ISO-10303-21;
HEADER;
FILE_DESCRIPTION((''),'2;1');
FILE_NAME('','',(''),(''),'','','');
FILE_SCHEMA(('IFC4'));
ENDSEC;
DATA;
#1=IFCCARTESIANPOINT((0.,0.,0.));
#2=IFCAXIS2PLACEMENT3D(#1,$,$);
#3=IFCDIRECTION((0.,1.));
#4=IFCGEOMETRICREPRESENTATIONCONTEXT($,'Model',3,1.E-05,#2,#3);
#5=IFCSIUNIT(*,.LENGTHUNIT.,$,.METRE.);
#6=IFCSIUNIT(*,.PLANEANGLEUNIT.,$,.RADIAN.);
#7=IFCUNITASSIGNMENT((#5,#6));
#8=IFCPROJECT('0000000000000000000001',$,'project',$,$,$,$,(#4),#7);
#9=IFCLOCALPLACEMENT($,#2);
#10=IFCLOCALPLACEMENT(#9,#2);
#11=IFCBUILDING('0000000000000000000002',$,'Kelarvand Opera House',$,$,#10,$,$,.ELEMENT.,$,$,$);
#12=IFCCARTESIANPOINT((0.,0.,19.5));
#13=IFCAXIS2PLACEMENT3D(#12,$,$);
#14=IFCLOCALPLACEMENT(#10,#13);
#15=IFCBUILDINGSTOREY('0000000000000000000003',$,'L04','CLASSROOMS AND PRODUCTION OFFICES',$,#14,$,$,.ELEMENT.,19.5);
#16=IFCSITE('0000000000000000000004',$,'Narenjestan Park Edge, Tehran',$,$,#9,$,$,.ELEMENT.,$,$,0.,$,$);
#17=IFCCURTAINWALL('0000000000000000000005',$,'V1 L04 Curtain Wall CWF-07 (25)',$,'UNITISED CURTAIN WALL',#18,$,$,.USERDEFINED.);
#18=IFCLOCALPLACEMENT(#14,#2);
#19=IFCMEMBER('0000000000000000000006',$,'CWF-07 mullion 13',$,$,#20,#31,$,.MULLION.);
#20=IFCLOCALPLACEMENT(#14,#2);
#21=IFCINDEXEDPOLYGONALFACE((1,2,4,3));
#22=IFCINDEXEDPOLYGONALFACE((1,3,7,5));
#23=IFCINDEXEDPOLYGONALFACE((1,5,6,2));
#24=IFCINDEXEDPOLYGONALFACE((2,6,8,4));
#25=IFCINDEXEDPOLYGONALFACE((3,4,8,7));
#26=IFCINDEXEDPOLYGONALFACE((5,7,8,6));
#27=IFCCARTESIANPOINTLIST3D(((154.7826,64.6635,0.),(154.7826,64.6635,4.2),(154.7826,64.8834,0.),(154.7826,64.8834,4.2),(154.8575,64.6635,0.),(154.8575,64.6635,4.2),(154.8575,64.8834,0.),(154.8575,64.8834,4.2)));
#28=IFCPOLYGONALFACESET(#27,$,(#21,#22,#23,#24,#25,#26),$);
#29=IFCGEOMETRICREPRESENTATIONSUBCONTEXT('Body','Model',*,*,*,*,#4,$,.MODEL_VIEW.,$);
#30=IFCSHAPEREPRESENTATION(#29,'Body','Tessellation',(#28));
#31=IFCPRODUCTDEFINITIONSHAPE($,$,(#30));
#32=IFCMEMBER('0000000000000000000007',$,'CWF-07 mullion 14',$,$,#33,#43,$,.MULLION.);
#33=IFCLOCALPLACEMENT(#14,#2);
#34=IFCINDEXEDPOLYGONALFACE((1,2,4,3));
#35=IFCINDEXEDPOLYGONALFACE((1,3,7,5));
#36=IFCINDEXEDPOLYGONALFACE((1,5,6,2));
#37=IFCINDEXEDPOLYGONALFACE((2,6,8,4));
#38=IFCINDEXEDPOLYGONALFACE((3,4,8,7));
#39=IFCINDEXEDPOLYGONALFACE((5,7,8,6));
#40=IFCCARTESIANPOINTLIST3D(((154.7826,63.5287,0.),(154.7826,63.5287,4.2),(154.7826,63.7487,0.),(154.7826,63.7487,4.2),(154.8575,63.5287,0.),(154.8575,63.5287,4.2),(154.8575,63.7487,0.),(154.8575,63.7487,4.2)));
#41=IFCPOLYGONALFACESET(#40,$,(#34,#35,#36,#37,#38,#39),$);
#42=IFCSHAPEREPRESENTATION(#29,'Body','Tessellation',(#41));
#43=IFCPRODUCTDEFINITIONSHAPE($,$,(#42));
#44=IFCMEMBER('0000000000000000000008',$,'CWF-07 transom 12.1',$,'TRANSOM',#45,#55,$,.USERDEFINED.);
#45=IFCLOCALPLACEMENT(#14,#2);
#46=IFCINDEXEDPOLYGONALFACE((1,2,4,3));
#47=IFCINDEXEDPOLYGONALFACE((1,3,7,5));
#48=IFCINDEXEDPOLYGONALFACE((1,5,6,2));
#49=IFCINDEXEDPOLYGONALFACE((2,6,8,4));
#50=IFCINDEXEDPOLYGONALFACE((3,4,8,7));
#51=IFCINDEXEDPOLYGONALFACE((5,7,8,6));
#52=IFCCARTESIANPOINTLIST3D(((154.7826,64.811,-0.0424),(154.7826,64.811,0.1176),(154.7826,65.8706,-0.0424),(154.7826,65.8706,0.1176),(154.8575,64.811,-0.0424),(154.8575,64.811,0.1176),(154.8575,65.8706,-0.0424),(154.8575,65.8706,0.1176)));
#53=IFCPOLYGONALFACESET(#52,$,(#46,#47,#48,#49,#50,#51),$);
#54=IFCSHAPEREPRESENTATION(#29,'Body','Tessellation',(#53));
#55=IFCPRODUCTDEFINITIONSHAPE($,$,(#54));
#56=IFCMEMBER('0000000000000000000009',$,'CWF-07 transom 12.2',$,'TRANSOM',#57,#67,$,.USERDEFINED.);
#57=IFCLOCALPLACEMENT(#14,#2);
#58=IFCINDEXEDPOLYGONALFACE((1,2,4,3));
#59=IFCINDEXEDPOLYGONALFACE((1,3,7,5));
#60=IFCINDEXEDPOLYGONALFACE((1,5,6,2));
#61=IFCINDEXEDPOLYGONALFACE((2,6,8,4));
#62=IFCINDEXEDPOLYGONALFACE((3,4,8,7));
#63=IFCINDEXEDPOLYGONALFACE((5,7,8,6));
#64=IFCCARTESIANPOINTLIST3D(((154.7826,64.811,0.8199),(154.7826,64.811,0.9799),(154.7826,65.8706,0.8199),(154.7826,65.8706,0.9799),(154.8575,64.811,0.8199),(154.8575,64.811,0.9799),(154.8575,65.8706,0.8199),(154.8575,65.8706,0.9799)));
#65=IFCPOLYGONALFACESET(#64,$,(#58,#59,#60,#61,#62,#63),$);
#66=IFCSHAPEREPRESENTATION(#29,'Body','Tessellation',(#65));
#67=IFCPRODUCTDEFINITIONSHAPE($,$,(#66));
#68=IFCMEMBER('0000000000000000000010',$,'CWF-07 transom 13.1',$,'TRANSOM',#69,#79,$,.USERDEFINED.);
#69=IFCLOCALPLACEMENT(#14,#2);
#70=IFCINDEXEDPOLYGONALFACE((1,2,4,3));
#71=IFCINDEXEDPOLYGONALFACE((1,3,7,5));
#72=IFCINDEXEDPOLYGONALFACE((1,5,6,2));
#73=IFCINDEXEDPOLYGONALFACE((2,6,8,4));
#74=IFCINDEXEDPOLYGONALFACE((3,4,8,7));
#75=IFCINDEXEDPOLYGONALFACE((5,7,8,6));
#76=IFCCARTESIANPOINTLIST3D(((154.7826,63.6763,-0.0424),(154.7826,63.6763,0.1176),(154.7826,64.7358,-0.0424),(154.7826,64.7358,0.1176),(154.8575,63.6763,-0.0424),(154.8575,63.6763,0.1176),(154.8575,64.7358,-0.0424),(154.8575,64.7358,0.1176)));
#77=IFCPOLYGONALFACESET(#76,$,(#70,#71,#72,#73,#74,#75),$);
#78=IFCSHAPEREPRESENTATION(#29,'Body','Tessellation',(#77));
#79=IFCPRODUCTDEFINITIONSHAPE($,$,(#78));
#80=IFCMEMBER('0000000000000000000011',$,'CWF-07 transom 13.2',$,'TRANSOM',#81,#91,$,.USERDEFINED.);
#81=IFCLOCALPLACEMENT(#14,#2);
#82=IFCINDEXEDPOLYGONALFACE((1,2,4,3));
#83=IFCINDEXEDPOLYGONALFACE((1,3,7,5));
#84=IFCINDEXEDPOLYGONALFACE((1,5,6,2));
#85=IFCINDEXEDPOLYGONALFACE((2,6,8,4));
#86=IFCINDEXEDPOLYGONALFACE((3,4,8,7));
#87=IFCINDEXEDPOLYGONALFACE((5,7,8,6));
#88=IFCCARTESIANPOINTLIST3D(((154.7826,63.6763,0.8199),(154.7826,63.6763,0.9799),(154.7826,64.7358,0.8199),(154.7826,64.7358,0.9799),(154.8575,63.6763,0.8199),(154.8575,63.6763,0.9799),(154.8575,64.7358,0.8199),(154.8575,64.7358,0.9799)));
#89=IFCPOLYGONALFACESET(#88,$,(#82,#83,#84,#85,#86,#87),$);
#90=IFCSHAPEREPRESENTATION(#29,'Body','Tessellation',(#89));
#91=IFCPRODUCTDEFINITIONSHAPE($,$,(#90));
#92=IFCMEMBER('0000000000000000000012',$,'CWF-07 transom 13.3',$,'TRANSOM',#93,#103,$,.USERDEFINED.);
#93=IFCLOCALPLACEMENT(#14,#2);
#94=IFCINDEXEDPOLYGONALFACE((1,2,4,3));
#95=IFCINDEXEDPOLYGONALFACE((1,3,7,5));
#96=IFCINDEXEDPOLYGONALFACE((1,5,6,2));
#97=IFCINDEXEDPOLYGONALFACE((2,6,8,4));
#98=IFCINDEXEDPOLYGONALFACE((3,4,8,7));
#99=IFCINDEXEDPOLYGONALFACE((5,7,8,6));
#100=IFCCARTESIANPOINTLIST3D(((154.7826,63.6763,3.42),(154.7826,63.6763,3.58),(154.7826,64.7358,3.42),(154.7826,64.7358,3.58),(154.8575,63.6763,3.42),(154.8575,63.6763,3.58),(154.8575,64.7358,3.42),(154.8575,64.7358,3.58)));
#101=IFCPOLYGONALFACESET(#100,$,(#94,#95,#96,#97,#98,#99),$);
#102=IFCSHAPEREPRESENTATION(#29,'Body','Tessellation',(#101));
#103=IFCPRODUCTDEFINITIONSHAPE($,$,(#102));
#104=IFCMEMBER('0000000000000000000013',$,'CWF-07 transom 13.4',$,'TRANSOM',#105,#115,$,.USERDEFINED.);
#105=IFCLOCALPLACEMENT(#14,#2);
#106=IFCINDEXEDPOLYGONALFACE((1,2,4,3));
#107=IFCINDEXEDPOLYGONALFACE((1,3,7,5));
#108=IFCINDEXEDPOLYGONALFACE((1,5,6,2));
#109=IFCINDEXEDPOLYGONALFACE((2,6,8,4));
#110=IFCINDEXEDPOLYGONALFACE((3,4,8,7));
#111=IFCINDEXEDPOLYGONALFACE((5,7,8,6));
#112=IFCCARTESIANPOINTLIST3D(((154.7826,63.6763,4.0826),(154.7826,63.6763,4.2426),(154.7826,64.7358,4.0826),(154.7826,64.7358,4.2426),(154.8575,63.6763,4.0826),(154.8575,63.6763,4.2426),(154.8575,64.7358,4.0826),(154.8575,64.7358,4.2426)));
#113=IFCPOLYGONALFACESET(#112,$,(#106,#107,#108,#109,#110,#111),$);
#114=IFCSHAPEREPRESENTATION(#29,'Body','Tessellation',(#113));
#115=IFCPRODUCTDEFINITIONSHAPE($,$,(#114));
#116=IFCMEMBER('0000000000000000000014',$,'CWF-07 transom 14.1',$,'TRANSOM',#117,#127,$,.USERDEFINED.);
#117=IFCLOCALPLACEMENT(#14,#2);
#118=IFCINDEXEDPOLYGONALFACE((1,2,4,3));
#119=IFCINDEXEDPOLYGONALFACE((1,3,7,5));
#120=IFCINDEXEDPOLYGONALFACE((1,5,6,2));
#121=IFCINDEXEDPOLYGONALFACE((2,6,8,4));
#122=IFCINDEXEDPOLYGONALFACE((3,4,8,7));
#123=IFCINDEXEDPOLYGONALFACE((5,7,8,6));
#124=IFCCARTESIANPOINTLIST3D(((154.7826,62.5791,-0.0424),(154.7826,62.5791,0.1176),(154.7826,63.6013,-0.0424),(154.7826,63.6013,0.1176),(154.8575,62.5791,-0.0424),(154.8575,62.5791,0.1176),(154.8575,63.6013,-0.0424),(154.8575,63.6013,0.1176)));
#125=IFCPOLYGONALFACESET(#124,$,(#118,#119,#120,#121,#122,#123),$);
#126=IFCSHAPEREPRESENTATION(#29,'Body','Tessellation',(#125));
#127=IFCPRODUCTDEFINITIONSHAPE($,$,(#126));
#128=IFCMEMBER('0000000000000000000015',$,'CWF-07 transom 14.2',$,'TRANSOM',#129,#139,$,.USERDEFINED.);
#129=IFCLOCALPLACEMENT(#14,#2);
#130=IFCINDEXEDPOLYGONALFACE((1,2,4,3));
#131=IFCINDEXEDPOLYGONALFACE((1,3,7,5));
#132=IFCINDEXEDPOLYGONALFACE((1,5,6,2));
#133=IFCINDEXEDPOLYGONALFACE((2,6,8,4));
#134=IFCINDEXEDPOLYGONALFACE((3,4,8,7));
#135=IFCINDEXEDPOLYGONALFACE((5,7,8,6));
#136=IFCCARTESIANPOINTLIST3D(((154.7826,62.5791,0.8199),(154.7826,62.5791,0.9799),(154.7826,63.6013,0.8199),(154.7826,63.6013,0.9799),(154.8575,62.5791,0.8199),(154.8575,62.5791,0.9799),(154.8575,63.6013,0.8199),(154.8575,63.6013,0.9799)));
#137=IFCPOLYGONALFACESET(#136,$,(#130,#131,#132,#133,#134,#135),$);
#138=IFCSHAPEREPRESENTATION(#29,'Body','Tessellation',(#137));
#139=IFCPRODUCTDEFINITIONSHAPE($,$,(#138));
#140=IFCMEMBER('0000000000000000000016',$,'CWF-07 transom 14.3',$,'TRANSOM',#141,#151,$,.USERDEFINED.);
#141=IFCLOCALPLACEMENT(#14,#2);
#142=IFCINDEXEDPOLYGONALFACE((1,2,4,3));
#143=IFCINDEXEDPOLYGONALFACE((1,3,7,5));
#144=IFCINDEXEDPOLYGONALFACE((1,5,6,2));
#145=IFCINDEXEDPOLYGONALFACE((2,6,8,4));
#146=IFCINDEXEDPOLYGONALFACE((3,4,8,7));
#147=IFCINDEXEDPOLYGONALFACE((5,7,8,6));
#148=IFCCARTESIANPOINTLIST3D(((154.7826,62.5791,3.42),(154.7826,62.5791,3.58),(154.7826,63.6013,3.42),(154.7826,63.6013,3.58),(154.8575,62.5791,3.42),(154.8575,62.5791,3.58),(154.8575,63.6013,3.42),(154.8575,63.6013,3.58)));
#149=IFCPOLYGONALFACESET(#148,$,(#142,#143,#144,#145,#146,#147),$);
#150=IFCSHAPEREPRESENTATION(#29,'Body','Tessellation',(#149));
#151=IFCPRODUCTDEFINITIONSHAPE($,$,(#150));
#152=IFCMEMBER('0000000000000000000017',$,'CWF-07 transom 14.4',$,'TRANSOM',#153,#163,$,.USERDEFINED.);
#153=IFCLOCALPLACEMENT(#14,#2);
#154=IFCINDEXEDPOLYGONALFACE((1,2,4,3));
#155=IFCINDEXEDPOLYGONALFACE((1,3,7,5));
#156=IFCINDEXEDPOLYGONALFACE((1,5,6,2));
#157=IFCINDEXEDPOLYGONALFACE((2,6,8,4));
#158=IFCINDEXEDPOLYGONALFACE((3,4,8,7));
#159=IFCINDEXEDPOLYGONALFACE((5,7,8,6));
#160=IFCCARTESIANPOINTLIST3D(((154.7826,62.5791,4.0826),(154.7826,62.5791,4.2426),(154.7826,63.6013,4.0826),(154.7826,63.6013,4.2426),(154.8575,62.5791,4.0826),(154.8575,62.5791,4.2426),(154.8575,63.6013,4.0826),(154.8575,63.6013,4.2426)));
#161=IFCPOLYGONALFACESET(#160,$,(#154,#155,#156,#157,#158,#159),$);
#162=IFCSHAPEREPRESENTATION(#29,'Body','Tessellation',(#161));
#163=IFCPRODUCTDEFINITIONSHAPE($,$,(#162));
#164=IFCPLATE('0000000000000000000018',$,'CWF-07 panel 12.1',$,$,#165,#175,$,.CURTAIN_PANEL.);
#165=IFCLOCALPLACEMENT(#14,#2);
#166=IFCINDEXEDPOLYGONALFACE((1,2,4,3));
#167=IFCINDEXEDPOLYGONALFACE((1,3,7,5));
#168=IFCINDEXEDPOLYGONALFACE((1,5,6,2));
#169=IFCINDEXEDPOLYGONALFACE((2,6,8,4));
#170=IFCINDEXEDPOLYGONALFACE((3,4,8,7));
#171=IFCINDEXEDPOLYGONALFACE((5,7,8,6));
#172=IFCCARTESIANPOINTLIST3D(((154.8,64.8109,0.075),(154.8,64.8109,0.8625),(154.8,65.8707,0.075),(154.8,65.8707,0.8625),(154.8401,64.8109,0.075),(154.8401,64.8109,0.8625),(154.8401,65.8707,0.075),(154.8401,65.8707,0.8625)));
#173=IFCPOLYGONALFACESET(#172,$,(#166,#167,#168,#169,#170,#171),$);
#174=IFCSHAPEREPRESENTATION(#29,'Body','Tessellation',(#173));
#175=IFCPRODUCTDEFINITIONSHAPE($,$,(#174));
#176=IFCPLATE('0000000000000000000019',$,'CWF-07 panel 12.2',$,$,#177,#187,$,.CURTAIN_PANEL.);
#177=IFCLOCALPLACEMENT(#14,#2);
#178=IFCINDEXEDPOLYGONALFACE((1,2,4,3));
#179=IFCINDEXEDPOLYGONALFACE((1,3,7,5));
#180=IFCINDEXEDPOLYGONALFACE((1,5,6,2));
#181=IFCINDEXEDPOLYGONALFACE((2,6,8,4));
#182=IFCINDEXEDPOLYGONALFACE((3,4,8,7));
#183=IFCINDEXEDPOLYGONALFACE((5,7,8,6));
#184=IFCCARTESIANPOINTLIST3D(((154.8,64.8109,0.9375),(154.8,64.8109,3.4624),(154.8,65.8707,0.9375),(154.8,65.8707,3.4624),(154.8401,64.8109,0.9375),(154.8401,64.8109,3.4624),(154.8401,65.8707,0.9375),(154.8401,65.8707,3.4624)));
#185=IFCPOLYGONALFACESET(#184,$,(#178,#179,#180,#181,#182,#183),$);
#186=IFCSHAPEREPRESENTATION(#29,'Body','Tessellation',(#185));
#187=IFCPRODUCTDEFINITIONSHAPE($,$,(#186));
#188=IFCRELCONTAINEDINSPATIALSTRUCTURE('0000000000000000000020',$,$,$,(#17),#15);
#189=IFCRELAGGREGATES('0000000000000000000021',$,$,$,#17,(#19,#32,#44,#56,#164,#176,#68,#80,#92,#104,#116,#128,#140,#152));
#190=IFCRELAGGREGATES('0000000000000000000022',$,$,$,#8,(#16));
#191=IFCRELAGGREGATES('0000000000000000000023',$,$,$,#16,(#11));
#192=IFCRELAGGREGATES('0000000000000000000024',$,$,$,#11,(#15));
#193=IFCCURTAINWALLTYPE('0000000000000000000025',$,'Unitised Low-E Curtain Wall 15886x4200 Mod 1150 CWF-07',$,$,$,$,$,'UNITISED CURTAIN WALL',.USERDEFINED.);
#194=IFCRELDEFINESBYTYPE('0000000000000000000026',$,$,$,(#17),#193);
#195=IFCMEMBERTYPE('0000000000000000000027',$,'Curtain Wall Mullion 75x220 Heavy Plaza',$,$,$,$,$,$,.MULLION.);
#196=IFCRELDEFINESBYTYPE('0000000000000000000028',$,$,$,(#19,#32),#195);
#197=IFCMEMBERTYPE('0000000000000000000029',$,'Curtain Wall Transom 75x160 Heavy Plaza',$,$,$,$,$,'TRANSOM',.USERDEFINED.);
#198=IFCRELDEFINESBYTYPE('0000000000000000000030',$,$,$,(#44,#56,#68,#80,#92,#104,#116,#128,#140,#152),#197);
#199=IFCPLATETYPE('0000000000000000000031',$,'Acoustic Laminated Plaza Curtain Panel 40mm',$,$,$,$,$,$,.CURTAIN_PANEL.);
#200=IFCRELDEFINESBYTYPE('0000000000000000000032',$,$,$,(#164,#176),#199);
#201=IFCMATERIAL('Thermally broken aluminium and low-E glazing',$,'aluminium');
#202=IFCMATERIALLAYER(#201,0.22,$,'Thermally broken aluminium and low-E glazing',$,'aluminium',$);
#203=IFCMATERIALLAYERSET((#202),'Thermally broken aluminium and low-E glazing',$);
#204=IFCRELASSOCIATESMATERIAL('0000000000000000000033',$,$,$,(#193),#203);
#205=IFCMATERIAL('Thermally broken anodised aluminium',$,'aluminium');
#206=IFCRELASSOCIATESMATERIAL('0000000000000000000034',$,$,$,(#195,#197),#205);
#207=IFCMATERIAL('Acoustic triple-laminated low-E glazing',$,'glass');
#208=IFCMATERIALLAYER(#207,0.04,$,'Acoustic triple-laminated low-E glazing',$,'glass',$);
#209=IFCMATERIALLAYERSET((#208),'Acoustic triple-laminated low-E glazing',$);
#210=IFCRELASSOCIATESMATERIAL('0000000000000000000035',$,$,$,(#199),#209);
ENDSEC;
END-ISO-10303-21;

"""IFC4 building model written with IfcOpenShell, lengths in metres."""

from ifc_helpers import new_model, si_unit, direction, frame, origin, origin_2d, place, context, subcontext, project, spatial, rectangle, extrude, material, layer, layer_set, material_profile, profile_set, type_object, element, aggregate, save


model = new_model("IFC4")

# Units and contexts
model_context = context("Model", 3, precision=1e-05, world=origin(), true_north=direction((0.0, 1.0)))
body_context = subcontext(model_context, "Body", "Model", "MODEL_VIEW")
ifc_project = project(units=[si_unit("LENGTHUNIT", "METRE"), si_unit("PLANEANGLEUNIT", "RADIAN")], contexts=[model_context])

# Site, building, storey
site_placement = place(None, origin())
site = spatial("IfcSite", under=ifc_project, at=site_placement, Name="Narenjestan Park Edge, Tehran", CompositionType="ELEMENT", RefElevation=0.0)
building_placement = place(site_placement, origin())
building = spatial("IfcBuilding", under=site, at=building_placement, Name="Kelarvand Opera House", CompositionType="ELEMENT")
storey_placement = place(building_placement, frame((0.0, 0.0, 19.5)))
storey = spatial("IfcBuildingStorey", under=building, at=storey_placement, Name="L04", Description="CLASSROOMS AND PRODUCTION OFFICES", CompositionType="ELEMENT", Elevation=19.5)

# Curtain wall, members, plates
ifc_material_1 = material(Name="Thermally broken aluminium and low-E glazing", Category="aluminium")
ifc_layer_1 = layer(ifc_material_1, 0.22, Name="Thermally broken aluminium and low-E glazing", Category="aluminium")
ifc_layer_set_1 = layer_set([ifc_layer_1], Name="Thermally broken aluminium and low-E glazing")
curtain_wall_type = type_object("IfcCurtainWallType", Name="Unitised Low-E Curtain Wall 15886x4200 Mod 1150 CWF-07", ElementType="UNITISED CURTAIN WALL", PredefinedType="USERDEFINED", material=ifc_layer_set_1)
curtain_wall_placement = place(storey_placement, origin())
curtain_wall = element("IfcCurtainWall", 1, at=curtain_wall_placement, inside=storey, type_object=curtain_wall_type, Name="V1 L04 Curtain Wall CWF-07 (25)", ObjectType="UNITISED CURTAIN WALL", PredefinedType="USERDEFINED")
ifc_material_2 = material(Name="Thermally broken anodised aluminium", Category="aluminium")
ifc_material_profile_1 = material_profile(ifc_material_2, rectangle(XDim=0.075, YDim=0.22, at=origin_2d()), Name="ALU MULLION 75x220", Category="aluminium")
ifc_profile_set_1 = profile_set([ifc_material_profile_1], Name="Thermally broken anodised aluminium")
member_type_1 = type_object("IfcMemberType", Name="Curtain Wall Mullion 75x220 Heavy Plaza", PredefinedType="MULLION", material=ifc_profile_set_1)
member_1_placement = place(storey_placement, frame((154.8201, 64.7734, 0.0), z_axis=(0.0, 0.0, 1.0), x_axis=(1.0, 0.0, 0.0)))
member_1 = element("IfcMember", 2, at=member_1_placement, type_object=member_type_1, Name="CWF-07 mullion 13", PredefinedType="MULLION", context=body_context, shape_type="SweptSolid", body=[
    extrude(rectangle(XDim=0.075, YDim=0.22, at=origin_2d()), origin(), (0.0, 0.0, 1.0), 4.2),
])
member_2_placement = place(storey_placement, frame((154.8201, 63.6387, 0.0), z_axis=(0.0, 0.0, 1.0), x_axis=(1.0, 0.0, 0.0)))
member_2 = element("IfcMember", 3, at=member_2_placement, type_object=member_type_1, Name="CWF-07 mullion 14", PredefinedType="MULLION", context=body_context, shape_type="SweptSolid", body=[
    extrude(rectangle(XDim=0.075, YDim=0.22, at=origin_2d()), origin(), (0.0, 0.0, 1.0), 4.2),
])
ifc_material_profile_2 = material_profile(ifc_material_2, rectangle(XDim=0.075, YDim=0.1599, at=origin_2d()), Name="ALU TRANSOM 75x160", Category="aluminium")
ifc_profile_set_2 = profile_set([ifc_material_profile_2], Name="Thermally broken anodised aluminium")
member_type_2 = type_object("IfcMemberType", Name="Curtain Wall Transom 75x160 Heavy Plaza", ElementType="TRANSOM", PredefinedType="USERDEFINED", material=ifc_profile_set_2)
member_3_placement = place(storey_placement, frame((154.8201, 65.8706, 0.0376), z_axis=(0.0, -1.0, 0.0), x_axis=(1.0, 0.0, 0.0)))
member_3 = element("IfcMember", 4, at=member_3_placement, type_object=member_type_2, Name="CWF-07 transom 12.1", ObjectType="TRANSOM", PredefinedType="USERDEFINED", context=body_context, shape_type="SweptSolid", body=[
    extrude(rectangle(XDim=0.075, YDim=0.1599, at=origin_2d()), origin(), (0.0, 0.0, 1.0), 1.0596),
])
member_4_placement = place(storey_placement, frame((154.8201, 65.8706, 0.8999), z_axis=(0.0, -1.0, 0.0), x_axis=(1.0, 0.0, 0.0)))
member_4 = element("IfcMember", 5, at=member_4_placement, type_object=member_type_2, Name="CWF-07 transom 12.2", ObjectType="TRANSOM", PredefinedType="USERDEFINED", context=body_context, shape_type="SweptSolid", body=[
    extrude(rectangle(XDim=0.075, YDim=0.1599, at=origin_2d()), origin(), (0.0, 0.0, 1.0), 1.0596),
])
member_5_placement = place(storey_placement, frame((154.8201, 64.7358, 0.0376), z_axis=(0.0, -1.0, 0.0), x_axis=(1.0, 0.0, 0.0)))
member_5 = element("IfcMember", 6, at=member_5_placement, type_object=member_type_2, Name="CWF-07 transom 13.1", ObjectType="TRANSOM", PredefinedType="USERDEFINED", context=body_context, shape_type="SweptSolid", body=[
    extrude(rectangle(XDim=0.075, YDim=0.1599, at=origin_2d()), origin(), (0.0, 0.0, 1.0), 1.0596),
])
member_6_placement = place(storey_placement, frame((154.8201, 64.7358, 0.8999), z_axis=(0.0, -1.0, 0.0), x_axis=(1.0, 0.0, 0.0)))
member_6 = element("IfcMember", 7, at=member_6_placement, type_object=member_type_2, Name="CWF-07 transom 13.2", ObjectType="TRANSOM", PredefinedType="USERDEFINED", context=body_context, shape_type="SweptSolid", body=[
    extrude(rectangle(XDim=0.075, YDim=0.1599, at=origin_2d()), origin(), (0.0, 0.0, 1.0), 1.0596),
])
member_7_placement = place(storey_placement, frame((154.8201, 64.7358, 3.5), z_axis=(0.0, -1.0, 0.0), x_axis=(1.0, 0.0, 0.0)))
member_7 = element("IfcMember", 8, at=member_7_placement, type_object=member_type_2, Name="CWF-07 transom 13.3", ObjectType="TRANSOM", PredefinedType="USERDEFINED", context=body_context, shape_type="SweptSolid", body=[
    extrude(rectangle(XDim=0.075, YDim=0.1599, at=origin_2d()), origin(), (0.0, 0.0, 1.0), 1.0596),
])
member_8_placement = place(storey_placement, frame((154.8201, 64.7358, 4.1626), z_axis=(0.0, -1.0, 0.0), x_axis=(1.0, 0.0, 0.0)))
member_8 = element("IfcMember", 9, at=member_8_placement, type_object=member_type_2, Name="CWF-07 transom 13.4", ObjectType="TRANSOM", PredefinedType="USERDEFINED", context=body_context, shape_type="SweptSolid", body=[
    extrude(rectangle(XDim=0.075, YDim=0.1599, at=origin_2d()), origin(), (0.0, 0.0, 1.0), 1.0596),
])
member_9_placement = place(storey_placement, frame((154.8201, 63.6013, 0.0376), z_axis=(0.0, -1.0, 0.0), x_axis=(1.0, 0.0, 0.0)))
member_9 = element("IfcMember", 10, at=member_9_placement, type_object=member_type_2, Name="CWF-07 transom 14.1", ObjectType="TRANSOM", PredefinedType="USERDEFINED", context=body_context, shape_type="SweptSolid", body=[
    extrude(rectangle(XDim=0.075, YDim=0.1599, at=origin_2d()), origin(), (0.0, 0.0, 1.0), 1.0222),
])
member_10_placement = place(storey_placement, frame((154.8201, 63.6013, 0.8999), z_axis=(0.0, -1.0, 0.0), x_axis=(1.0, 0.0, 0.0)))
member_10 = element("IfcMember", 11, at=member_10_placement, type_object=member_type_2, Name="CWF-07 transom 14.2", ObjectType="TRANSOM", PredefinedType="USERDEFINED", context=body_context, shape_type="SweptSolid", body=[
    extrude(rectangle(XDim=0.075, YDim=0.1599, at=origin_2d()), origin(), (0.0, 0.0, 1.0), 1.0222),
])
member_11_placement = place(storey_placement, frame((154.8201, 63.6013, 3.5), z_axis=(0.0, -1.0, 0.0), x_axis=(1.0, 0.0, 0.0)))
member_11 = element("IfcMember", 12, at=member_11_placement, type_object=member_type_2, Name="CWF-07 transom 14.3", ObjectType="TRANSOM", PredefinedType="USERDEFINED", context=body_context, shape_type="SweptSolid", body=[
    extrude(rectangle(XDim=0.075, YDim=0.1599, at=origin_2d()), origin(), (0.0, 0.0, 1.0), 1.0222),
])
member_12_placement = place(storey_placement, frame((154.8201, 63.6013, 4.1626), z_axis=(0.0, -1.0, 0.0), x_axis=(1.0, 0.0, 0.0)))
member_12 = element("IfcMember", 13, at=member_12_placement, type_object=member_type_2, Name="CWF-07 transom 14.4", ObjectType="TRANSOM", PredefinedType="USERDEFINED", context=body_context, shape_type="SweptSolid", body=[
    extrude(rectangle(XDim=0.075, YDim=0.1599, at=origin_2d()), origin(), (0.0, 0.0, 1.0), 1.0222),
])
ifc_material_3 = material(Name="Acoustic triple-laminated low-E glazing", Category="glass")
ifc_layer_2 = layer(ifc_material_3, 0.04, Name="Acoustic triple-laminated low-E glazing", Category="glass")
ifc_layer_set_2 = layer_set([ifc_layer_2], Name="Acoustic triple-laminated low-E glazing")
plate_type = type_object("IfcPlateType", Name="Acoustic Laminated Plaza Curtain Panel 40mm", PredefinedType="CURTAIN_PANEL", material=ifc_layer_set_2)
plate_1_placement = place(storey_placement, frame((154.8201, 65.3408, 0.075), z_axis=(0.0, 0.0, 1.0), x_axis=(0.0, -1.0, 0.0)))
plate_1 = element("IfcPlate", 14, at=plate_1_placement, type_object=plate_type, Name="CWF-07 panel 12.1", PredefinedType="CURTAIN_PANEL", context=body_context, shape_type="SweptSolid", body=[
    extrude(rectangle(XDim=1.0598, YDim=0.04, at=origin_2d()), origin(), (0.0, 0.0, 1.0), 0.7876),
])
plate_2_placement = place(storey_placement, frame((154.8201, 65.3408, 0.9375), z_axis=(0.0, 0.0, 1.0), x_axis=(0.0, -1.0, 0.0)))
plate_2 = element("IfcPlate", 15, at=plate_2_placement, type_object=plate_type, Name="CWF-07 panel 12.2", PredefinedType="CURTAIN_PANEL", context=body_context, shape_type="SweptSolid", body=[
    extrude(rectangle(XDim=1.0598, YDim=0.04, at=origin_2d()), origin(), (0.0, 0.0, 1.0), 2.5249),
])
aggregate(curtain_wall, [member_1, member_2, member_3, member_4, plate_1, plate_2, member_5, member_6, member_7, member_8, member_9, member_10, member_11, member_12])

save(model, "model.ifc")
